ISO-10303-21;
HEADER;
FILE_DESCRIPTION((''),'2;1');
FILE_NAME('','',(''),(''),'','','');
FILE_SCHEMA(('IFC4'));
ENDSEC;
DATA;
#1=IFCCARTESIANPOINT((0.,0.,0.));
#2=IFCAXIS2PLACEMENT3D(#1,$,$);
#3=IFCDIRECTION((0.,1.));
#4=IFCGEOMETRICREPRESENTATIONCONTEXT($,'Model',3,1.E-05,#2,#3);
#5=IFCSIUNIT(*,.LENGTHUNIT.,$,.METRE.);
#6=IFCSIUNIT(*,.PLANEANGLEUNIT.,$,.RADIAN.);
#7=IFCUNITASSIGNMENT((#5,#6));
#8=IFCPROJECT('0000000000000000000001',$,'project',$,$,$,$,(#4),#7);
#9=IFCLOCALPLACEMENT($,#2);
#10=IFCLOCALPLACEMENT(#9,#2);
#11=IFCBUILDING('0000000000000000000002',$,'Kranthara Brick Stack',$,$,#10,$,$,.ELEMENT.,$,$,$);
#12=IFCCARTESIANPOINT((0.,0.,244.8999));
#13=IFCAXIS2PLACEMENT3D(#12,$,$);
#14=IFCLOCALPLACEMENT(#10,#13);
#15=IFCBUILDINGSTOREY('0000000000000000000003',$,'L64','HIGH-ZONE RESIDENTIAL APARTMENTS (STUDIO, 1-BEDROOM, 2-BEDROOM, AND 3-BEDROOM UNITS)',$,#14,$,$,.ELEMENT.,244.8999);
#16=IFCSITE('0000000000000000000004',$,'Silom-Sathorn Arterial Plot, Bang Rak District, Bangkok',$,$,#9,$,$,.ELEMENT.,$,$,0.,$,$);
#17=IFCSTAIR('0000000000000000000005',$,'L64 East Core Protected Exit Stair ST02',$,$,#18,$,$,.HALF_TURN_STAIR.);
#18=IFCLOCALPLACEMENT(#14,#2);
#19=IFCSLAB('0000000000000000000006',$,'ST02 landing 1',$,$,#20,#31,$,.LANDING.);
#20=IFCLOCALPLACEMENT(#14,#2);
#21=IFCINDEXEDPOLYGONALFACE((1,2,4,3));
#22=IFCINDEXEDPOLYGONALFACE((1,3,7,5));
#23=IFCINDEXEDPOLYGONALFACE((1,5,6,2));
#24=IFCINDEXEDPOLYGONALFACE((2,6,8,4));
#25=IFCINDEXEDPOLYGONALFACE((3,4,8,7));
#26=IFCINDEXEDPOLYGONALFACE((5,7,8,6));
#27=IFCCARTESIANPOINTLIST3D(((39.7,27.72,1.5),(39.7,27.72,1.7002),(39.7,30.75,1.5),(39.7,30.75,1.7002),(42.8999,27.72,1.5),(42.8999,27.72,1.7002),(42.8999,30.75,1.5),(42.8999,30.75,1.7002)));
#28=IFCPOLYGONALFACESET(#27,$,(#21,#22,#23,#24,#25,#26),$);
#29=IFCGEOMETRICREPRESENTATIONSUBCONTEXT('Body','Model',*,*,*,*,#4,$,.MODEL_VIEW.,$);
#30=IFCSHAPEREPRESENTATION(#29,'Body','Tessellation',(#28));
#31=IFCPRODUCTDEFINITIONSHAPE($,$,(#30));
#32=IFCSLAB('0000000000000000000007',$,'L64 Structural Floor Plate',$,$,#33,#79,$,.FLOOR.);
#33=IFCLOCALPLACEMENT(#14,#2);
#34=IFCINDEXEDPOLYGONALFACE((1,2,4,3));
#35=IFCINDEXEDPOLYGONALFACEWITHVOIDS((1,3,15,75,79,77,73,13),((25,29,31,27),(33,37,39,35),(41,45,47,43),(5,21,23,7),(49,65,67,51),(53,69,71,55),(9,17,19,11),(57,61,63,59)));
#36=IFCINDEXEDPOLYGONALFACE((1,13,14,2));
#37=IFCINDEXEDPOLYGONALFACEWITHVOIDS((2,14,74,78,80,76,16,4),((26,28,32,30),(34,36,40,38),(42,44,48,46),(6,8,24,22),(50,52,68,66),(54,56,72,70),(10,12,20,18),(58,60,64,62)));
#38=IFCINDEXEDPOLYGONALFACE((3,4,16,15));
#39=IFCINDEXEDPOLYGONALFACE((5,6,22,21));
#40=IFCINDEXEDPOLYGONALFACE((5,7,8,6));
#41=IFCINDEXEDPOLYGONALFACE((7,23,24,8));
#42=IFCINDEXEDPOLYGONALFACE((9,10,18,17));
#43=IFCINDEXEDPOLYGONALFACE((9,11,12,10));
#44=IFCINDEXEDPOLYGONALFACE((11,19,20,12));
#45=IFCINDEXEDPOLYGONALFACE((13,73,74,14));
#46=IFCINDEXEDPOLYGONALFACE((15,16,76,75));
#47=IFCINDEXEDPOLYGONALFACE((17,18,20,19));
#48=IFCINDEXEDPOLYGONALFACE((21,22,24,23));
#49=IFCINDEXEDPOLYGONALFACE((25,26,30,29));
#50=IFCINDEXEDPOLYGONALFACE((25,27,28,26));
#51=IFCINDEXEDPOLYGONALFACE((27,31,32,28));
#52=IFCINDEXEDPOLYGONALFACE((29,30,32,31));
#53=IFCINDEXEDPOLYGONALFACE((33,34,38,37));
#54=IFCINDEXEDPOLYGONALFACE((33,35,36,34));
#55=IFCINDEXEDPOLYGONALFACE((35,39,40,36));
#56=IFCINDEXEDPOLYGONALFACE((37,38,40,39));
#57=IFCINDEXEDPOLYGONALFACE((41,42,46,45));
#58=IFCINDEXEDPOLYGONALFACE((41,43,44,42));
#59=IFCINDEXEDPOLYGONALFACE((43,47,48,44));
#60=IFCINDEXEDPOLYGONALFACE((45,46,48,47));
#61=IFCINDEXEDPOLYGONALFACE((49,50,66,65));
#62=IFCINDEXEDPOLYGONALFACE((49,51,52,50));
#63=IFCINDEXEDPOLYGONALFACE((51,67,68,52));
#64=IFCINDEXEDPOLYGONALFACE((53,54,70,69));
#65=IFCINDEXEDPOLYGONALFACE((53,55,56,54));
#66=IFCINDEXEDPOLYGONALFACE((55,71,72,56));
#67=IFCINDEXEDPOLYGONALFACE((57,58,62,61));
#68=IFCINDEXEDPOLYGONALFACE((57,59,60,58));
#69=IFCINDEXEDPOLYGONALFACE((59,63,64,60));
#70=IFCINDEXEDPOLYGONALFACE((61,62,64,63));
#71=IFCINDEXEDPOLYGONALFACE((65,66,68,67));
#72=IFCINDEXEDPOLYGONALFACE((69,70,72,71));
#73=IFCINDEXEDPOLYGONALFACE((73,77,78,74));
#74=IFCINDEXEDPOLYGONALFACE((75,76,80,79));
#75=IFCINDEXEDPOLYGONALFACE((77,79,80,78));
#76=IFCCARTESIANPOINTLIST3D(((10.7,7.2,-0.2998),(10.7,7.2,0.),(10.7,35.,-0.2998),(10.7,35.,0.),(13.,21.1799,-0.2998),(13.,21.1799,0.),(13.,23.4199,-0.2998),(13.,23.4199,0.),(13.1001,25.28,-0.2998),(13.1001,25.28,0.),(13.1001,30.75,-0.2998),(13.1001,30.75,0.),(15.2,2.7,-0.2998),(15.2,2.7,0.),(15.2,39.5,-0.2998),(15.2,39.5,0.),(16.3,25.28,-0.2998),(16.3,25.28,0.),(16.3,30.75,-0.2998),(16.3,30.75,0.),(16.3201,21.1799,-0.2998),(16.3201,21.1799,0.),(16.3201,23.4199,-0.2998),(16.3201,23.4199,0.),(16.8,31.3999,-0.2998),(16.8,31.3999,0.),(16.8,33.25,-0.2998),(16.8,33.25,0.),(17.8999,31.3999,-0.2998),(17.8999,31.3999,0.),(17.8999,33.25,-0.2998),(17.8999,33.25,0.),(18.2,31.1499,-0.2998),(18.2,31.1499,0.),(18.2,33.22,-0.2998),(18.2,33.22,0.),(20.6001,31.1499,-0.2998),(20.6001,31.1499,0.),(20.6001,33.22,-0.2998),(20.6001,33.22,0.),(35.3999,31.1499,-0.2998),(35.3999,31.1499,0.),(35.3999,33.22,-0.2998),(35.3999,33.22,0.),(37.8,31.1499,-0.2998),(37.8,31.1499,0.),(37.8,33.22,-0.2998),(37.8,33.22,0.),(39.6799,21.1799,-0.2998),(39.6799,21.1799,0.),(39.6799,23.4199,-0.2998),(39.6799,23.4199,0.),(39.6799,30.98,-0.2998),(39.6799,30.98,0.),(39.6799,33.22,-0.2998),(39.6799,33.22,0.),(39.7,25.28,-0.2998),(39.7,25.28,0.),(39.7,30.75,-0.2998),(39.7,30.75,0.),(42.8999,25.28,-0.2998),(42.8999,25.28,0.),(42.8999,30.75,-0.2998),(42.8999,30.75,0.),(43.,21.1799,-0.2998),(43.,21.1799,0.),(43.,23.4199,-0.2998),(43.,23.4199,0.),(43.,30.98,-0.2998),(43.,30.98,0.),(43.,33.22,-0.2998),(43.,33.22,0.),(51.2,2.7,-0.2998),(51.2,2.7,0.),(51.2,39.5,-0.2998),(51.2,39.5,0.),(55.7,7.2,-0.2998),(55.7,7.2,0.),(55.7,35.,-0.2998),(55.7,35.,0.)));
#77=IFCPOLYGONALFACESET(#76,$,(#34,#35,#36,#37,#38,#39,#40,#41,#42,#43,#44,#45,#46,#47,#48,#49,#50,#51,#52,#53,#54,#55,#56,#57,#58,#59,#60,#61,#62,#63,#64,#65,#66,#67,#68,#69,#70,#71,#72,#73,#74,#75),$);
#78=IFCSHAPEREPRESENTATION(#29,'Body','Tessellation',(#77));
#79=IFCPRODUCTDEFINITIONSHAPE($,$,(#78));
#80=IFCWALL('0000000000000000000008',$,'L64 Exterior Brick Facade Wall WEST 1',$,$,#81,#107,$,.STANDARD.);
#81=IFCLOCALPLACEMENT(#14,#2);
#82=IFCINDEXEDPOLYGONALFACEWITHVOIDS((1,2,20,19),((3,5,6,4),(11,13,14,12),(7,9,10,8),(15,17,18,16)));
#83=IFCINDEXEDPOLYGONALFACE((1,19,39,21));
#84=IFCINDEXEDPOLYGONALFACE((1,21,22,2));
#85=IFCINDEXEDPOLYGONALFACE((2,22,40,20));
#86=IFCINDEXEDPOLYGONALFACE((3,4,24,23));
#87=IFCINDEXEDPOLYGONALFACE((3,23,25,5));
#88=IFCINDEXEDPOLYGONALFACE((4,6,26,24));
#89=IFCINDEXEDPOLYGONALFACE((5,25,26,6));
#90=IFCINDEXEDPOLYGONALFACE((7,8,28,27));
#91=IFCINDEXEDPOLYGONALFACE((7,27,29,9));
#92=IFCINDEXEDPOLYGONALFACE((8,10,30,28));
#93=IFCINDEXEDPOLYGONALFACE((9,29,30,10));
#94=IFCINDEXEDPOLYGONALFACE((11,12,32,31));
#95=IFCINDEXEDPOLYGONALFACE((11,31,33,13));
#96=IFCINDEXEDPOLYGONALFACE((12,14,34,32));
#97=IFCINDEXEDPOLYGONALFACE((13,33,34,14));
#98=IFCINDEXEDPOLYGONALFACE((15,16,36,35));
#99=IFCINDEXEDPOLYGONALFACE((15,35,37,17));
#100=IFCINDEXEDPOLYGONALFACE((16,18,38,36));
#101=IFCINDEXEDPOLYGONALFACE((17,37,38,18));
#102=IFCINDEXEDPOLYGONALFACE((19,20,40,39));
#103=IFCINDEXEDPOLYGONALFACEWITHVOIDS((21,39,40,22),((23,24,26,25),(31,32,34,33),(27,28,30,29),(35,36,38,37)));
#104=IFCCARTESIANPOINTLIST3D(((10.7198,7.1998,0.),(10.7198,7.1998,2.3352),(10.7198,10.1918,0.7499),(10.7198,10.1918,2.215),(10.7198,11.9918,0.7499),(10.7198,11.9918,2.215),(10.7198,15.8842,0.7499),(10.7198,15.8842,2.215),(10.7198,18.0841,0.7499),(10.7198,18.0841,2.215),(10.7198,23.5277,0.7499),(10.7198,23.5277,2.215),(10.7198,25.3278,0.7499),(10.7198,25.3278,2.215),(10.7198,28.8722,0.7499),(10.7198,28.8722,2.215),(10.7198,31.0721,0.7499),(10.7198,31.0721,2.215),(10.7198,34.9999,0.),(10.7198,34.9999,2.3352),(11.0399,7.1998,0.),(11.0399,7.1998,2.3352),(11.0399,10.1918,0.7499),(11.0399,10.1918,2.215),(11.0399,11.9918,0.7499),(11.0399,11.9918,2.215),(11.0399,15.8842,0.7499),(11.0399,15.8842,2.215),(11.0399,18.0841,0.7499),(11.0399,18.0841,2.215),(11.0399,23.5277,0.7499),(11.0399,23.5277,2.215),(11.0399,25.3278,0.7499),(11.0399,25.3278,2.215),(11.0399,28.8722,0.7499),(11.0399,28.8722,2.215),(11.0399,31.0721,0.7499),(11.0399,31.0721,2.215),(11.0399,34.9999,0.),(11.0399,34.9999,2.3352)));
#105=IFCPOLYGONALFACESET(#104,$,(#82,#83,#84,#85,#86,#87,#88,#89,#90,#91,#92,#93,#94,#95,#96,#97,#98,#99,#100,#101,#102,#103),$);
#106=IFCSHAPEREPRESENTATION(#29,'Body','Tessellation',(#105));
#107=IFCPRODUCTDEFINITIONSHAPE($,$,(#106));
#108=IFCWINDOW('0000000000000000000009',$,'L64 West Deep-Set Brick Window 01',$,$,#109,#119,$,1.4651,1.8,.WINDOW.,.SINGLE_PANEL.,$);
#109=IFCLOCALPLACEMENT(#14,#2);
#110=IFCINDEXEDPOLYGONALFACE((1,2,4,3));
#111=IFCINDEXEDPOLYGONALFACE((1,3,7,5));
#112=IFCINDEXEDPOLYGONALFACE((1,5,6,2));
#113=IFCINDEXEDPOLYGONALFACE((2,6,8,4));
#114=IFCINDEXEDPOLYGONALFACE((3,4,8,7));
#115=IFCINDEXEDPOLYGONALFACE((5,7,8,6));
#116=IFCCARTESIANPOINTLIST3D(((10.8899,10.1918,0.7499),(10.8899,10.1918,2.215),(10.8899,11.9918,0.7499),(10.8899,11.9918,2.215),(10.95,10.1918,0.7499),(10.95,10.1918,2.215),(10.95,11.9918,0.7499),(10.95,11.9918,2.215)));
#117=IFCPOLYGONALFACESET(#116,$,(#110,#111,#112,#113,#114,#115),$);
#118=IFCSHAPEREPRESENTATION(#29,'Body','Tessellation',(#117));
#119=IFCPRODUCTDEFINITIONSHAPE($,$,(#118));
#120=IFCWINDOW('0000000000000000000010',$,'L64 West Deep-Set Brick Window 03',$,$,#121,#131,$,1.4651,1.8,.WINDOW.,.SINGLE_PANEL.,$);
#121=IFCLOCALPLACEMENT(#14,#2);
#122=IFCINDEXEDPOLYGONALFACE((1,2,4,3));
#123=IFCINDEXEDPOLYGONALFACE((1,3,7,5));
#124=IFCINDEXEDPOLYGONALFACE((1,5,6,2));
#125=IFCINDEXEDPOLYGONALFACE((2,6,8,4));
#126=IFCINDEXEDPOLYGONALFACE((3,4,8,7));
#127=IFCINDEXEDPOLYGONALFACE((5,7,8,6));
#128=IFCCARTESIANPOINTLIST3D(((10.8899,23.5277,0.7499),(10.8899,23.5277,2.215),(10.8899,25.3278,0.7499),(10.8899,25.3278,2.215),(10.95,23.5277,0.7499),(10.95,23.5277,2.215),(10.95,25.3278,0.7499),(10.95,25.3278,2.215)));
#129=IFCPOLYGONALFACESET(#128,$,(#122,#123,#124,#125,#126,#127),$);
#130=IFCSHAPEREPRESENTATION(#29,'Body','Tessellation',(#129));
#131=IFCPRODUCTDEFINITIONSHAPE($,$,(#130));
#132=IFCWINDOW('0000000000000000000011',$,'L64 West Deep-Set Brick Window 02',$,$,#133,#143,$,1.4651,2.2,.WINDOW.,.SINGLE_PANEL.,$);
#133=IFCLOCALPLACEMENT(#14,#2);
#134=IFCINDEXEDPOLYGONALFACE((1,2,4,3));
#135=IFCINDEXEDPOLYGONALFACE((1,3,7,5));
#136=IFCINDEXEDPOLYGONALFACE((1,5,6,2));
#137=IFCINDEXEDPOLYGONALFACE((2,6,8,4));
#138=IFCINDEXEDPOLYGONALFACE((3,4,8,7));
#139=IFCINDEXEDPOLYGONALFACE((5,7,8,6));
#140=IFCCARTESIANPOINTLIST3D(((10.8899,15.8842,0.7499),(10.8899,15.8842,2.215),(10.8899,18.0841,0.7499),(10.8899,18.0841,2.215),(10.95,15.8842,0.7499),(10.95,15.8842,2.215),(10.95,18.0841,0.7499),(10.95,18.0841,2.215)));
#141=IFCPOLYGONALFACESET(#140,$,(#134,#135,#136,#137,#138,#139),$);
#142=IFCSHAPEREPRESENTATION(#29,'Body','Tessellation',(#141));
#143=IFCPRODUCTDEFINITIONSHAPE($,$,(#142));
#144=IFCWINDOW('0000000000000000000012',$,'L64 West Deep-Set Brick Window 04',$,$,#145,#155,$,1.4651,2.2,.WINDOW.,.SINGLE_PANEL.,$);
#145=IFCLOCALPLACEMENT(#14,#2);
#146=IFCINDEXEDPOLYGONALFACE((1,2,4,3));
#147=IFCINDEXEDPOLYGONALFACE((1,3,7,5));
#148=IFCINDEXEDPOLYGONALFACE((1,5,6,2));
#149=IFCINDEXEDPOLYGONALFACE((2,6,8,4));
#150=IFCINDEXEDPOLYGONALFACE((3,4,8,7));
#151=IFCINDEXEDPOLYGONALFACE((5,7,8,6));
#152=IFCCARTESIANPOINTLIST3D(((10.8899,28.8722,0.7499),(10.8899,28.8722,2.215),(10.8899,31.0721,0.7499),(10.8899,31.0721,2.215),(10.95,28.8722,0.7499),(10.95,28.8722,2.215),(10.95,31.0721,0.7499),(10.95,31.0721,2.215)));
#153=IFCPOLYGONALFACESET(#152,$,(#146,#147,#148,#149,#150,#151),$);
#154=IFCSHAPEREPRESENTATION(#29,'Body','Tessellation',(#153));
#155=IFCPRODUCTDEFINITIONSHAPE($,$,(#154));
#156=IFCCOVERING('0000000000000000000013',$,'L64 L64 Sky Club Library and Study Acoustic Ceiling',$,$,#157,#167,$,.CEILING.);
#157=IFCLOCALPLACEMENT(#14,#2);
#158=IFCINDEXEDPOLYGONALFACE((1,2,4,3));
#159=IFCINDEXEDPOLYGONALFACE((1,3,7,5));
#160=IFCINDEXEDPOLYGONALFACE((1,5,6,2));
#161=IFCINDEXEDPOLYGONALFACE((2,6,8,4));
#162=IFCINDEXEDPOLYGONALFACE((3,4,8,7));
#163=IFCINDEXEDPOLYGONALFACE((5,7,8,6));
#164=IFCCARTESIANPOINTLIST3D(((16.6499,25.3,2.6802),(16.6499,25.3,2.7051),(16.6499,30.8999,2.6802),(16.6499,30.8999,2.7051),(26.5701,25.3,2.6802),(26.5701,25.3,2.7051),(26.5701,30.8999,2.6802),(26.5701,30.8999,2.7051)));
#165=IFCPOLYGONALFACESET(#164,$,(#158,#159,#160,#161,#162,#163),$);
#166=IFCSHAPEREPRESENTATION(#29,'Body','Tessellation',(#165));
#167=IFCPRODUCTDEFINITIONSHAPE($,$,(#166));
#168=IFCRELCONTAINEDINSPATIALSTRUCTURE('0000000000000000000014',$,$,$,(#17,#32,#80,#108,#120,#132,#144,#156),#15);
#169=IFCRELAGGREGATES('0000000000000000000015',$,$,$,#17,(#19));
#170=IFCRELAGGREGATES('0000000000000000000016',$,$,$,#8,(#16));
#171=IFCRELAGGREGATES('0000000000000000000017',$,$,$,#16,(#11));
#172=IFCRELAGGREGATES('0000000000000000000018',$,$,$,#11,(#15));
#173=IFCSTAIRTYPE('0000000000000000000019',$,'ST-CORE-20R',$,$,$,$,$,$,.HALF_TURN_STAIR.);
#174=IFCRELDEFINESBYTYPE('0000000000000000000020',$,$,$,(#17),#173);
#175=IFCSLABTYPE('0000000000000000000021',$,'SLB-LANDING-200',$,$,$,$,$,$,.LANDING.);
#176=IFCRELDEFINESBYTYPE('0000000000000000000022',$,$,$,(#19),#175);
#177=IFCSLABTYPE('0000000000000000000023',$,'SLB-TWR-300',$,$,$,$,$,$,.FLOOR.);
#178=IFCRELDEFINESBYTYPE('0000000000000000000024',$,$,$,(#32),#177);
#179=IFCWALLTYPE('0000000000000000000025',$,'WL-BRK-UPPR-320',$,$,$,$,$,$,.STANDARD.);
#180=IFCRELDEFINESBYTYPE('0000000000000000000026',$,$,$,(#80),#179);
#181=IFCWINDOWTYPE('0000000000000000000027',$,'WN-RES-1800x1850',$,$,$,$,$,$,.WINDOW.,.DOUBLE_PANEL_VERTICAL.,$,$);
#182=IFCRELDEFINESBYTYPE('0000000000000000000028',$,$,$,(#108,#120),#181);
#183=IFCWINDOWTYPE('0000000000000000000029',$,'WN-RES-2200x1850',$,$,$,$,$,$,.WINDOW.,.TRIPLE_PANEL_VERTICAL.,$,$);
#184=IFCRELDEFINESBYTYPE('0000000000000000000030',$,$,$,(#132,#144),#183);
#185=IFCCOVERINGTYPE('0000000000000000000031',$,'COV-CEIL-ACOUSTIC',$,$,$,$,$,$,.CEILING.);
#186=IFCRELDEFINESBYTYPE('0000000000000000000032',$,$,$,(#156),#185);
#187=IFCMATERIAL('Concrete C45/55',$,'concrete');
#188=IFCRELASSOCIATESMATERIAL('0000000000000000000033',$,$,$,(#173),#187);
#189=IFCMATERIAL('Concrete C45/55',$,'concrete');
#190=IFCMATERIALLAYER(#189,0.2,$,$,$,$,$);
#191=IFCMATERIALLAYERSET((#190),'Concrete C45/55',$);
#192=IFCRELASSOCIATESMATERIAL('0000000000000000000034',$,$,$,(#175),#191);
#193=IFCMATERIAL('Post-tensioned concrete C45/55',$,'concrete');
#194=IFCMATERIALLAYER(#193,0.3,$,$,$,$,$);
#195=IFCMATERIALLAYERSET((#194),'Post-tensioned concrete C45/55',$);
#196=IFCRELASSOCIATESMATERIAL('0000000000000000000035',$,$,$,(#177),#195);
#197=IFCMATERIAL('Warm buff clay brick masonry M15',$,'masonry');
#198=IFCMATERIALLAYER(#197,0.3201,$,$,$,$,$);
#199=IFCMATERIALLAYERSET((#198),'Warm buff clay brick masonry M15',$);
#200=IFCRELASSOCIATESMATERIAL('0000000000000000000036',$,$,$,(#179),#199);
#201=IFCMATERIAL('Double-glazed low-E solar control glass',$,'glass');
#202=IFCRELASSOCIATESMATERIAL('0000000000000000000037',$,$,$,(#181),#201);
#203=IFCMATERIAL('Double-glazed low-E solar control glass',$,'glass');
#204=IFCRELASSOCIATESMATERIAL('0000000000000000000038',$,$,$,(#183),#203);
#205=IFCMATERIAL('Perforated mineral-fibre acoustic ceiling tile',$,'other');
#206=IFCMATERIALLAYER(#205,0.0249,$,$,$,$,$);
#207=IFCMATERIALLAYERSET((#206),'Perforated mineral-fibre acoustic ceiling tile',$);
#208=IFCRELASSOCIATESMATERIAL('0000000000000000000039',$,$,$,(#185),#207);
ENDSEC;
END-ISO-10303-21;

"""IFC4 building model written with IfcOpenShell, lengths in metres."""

from ifc_helpers import new_model, si_unit, direction, frame, frame_2d, origin, place, context, subcontext, project, spatial, polyline, rectangle, outline, extrude, material, layer, layer_set, type_object, element, fill, aggregate, save


model = new_model("IFC4")

# Units and contexts
model_context = context("Model", 3, precision=1e-05, world=origin(), true_north=direction((0.0, 1.0)))
body_context = subcontext(model_context, "Body", "Model", "MODEL_VIEW")
ifc_project = project(units=[si_unit("LENGTHUNIT", "METRE"), si_unit("PLANEANGLEUNIT", "RADIAN")], contexts=[model_context])

# Site, building, storey
site_placement = place(None, origin())
site = spatial("IfcSite", under=ifc_project, at=site_placement, Name="Silom-Sathorn Arterial Plot, Bang Rak District, Bangkok", CompositionType="ELEMENT", RefElevation=0.0)
building_placement = place(site_placement, origin())
building = spatial("IfcBuilding", under=site, at=building_placement, Name="Kranthara Brick Stack", CompositionType="ELEMENT")
storey_placement = place(building_placement, frame((0.0, 0.0, 244.8999)))
storey = spatial("IfcBuildingStorey", under=building, at=storey_placement, Name="L64", Description="HIGH-ZONE RESIDENTIAL APARTMENTS (STUDIO, 1-BEDROOM, 2-BEDROOM, AND 3-BEDROOM UNITS)", CompositionType="ELEMENT", Elevation=244.8999)

# Stair, slab
ifc_material_1 = material(Name="Concrete C45/55", Category="concrete")
stair_type = type_object("IfcStairType", Name="ST-CORE-20R", PredefinedType="HALF_TURN_STAIR", material=ifc_material_1)
ifc_material_2 = material(Name="Concrete C45/55", Category="concrete")
ifc_layer_1 = layer(ifc_material_2, 0.2)
ifc_layer_set_1 = layer_set([ifc_layer_1], Name="Concrete C45/55")
slab_type_1 = type_object("IfcSlabType", Name="SLB-LANDING-200", PredefinedType="LANDING", material=ifc_layer_set_1)
stair_1_placement = place(storey_placement, origin())
stair_1 = element("IfcStair", 1, at=stair_1_placement, inside=storey, type_object=stair_type, Name="L64 East Core Protected Exit Stair ST02", PredefinedType="HALF_TURN_STAIR")
slab_1_placement = place(storey_placement, frame((0.0, 0.0, 1.5)))
slab_1 = element("IfcSlab", 2, at=slab_1_placement, type_object=slab_type_1, Name="ST02 landing 1", PredefinedType="LANDING", context=body_context, shape_type="SweptSolid", body=[
    extrude(outline(polyline([(42.8999, 27.72), (42.8999, 30.75), (39.7, 30.75), (39.7, 27.72), (42.8999, 27.72)])), origin(), (0.0, 0.0, 1.0), 0.2002),
])
aggregate(stair_1, [slab_1])

# Slab
ifc_material_3 = material(Name="Post-tensioned concrete C45/55", Category="concrete")
ifc_layer_2 = layer(ifc_material_3, 0.3)
ifc_layer_set_2 = layer_set([ifc_layer_2], Name="Post-tensioned concrete C45/55")
slab_type_2 = type_object("IfcSlabType", Name="SLB-TWR-300", PredefinedType="FLOOR", material=ifc_layer_set_2)
slab_2_placement = place(storey_placement, frame((0.0, 0.0, -0.2998)))
element("IfcSlab", 3, at=slab_2_placement, inside=storey, type_object=slab_type_2, Name="L64 Structural Floor Plate", PredefinedType="FLOOR", context=body_context, shape_type="SweptSolid", body=[
    extrude(outline(polyline([(15.2, 2.7), (51.2, 2.7), (55.7, 7.2), (55.7, 35.0), (51.2, 39.5), (15.2, 39.5), (10.7, 35.0), (10.7, 7.2), (15.2, 2.7)]), holes=[polyline([(13.1001, 25.28), (16.3, 25.28), (16.3, 30.75), (13.1001, 30.75), (13.1001, 25.28)]), polyline([(39.7, 25.28), (42.8999, 25.28), (42.8999, 30.75), (39.7, 30.75), (39.7, 25.28)]), polyline([(13.0, 21.1799), (16.3201, 21.1799), (16.3201, 23.4199), (13.0, 23.4199), (13.0, 21.1799)]), polyline([(39.6799, 21.1799), (43.0, 21.1799), (43.0, 23.4199), (39.6799, 23.4199), (39.6799, 21.1799)]), polyline([(39.6799, 30.98), (43.0, 30.98), (43.0, 33.22), (39.6799, 33.22), (39.6799, 30.98)]), polyline([(18.2, 31.1499), (20.6001, 31.1499), (20.6001, 33.22), (18.2, 33.22), (18.2, 31.1499)]), polyline([(35.3999, 31.1499), (37.8, 31.1499), (37.8, 33.22), (35.3999, 33.22), (35.3999, 31.1499)]), polyline([(16.8, 31.3999), (17.8999, 31.3999), (17.8999, 33.25), (16.8, 33.25), (16.8, 31.3999)])]), origin(), (0.0, 0.0, 1.0), 0.2998),
])

# Wall, openings, windows
ifc_material_4 = material(Name="Warm buff clay brick masonry M15", Category="masonry")
ifc_layer_3 = layer(ifc_material_4, 0.3201)
ifc_layer_set_3 = layer_set([ifc_layer_3], Name="Warm buff clay brick masonry M15")
wall_type = type_object("IfcWallType", Name="WL-BRK-UPPR-320", PredefinedType="STANDARD", material=ifc_layer_set_3)
wall_placement = place(storey_placement, frame((10.8799, 7.2, 0.0), z_axis=(0.0, 0.0, 1.0), x_axis=(0.0, 1.0, 0.0)))
wall = element("IfcWall", 4, at=wall_placement, inside=storey, type_object=wall_type, Name="L64 Exterior Brick Facade Wall WEST 1", PredefinedType="STANDARD", context=body_context, shape_type="SweptSolid", body=[
    extrude(rectangle(XDim=27.8, YDim=0.3201, at=frame_2d((13.8999, 0.0))), origin(), (0.0, 0.0, 1.0), 2.3352),
])
opening_1_placement = place(wall_placement, frame((2.9919, 0.0, 0.75)))
opening_1 = element("IfcOpeningElement", 5, at=opening_1_placement, cuts=wall, PredefinedType="OPENING", context=body_context, shape_type="SweptSolid", body=[
    extrude(rectangle(XDim=1.8, YDim=1.4651, at=frame_2d((0.8999, 0.7324))), frame((0.0, 0.1699, 0.0), z_axis=(0.0, -1.0, 0.0), x_axis=(1.0, 0.0, 0.0)), (0.0, 0.0, 1.0), 0.3401),
])
opening_2_placement = place(wall_placement, frame((8.6841, 0.0, 0.75)))
opening_2 = element("IfcOpeningElement", 6, at=opening_2_placement, cuts=wall, PredefinedType="OPENING", context=body_context, shape_type="SweptSolid", body=[
    extrude(rectangle(XDim=2.2, YDim=1.4651, at=frame_2d((1.1001, 0.7324))), frame((0.0, 0.1699, 0.0), z_axis=(0.0, -1.0, 0.0), x_axis=(1.0, 0.0, 0.0)), (0.0, 0.0, 1.0), 0.3401),
])
opening_3_placement = place(wall_placement, frame((16.3279, 0.0, 0.75)))
opening_3 = element("IfcOpeningElement", 7, at=opening_3_placement, cuts=wall, PredefinedType="OPENING", context=body_context, shape_type="SweptSolid", body=[
    extrude(rectangle(XDim=1.8, YDim=1.4651, at=frame_2d((0.8999, 0.7324))), frame((0.0, 0.1699, 0.0), z_axis=(0.0, -1.0, 0.0), x_axis=(1.0, 0.0, 0.0)), (0.0, 0.0, 1.0), 0.3401),
])
opening_4_placement = place(wall_placement, frame((21.6721, 0.0, 0.75)))
opening_4 = element("IfcOpeningElement", 8, at=opening_4_placement, cuts=wall, PredefinedType="OPENING", context=body_context, shape_type="SweptSolid", body=[
    extrude(rectangle(XDim=2.2, YDim=1.4651, at=frame_2d((1.1001, 0.7324))), frame((0.0, 0.1699, 0.0), z_axis=(0.0, -1.0, 0.0), x_axis=(1.0, 0.0, 0.0)), (0.0, 0.0, 1.0), 0.3401),
])
ifc_material_5 = material(Name="Double-glazed low-E solar control glass", Category="glass")
window_type_1 = type_object("IfcWindowType", Name="WN-RES-1800x1850", PartitioningType="DOUBLE_PANEL_VERTICAL", PredefinedType="WINDOW", material=ifc_material_5)
window_1_placement = place(opening_1_placement, origin())
window_1 = element("IfcWindow", 9, at=window_1_placement, inside=storey, type_object=window_type_1, Name="L64 West Deep-Set Brick Window 01", OverallHeight=1.4651, OverallWidth=1.8, PartitioningType="SINGLE_PANEL", PredefinedType="WINDOW", context=body_context, shape_type="SweptSolid", body=[
    extrude(rectangle(XDim=1.8, YDim=1.4651, at=frame_2d((0.8999, 0.7324))), frame((0.0, -0.01, 0.0), z_axis=(0.0, -1.0, 0.0), x_axis=(1.0, 0.0, 0.0)), (0.0, 0.0, 1.0), 0.0601),
])
fill(opening_1, window_1)
window_2_placement = place(opening_3_placement, origin())
window_2 = element("IfcWindow", 10, at=window_2_placement, inside=storey, type_object=window_type_1, Name="L64 West Deep-Set Brick Window 03", OverallHeight=1.4651, OverallWidth=1.8, PartitioningType="SINGLE_PANEL", PredefinedType="WINDOW", context=body_context, shape_type="SweptSolid", body=[
    extrude(rectangle(XDim=1.8, YDim=1.4651, at=frame_2d((0.8999, 0.7324))), frame((0.0, -0.01, 0.0), z_axis=(0.0, -1.0, 0.0), x_axis=(1.0, 0.0, 0.0)), (0.0, 0.0, 1.0), 0.0601),
])
fill(opening_3, window_2)
ifc_material_6 = material(Name="Double-glazed low-E solar control glass", Category="glass")
window_type_2 = type_object("IfcWindowType", Name="WN-RES-2200x1850", PartitioningType="TRIPLE_PANEL_VERTICAL", PredefinedType="WINDOW", material=ifc_material_6)
window_3_placement = place(opening_2_placement, origin())
window_3 = element("IfcWindow", 11, at=window_3_placement, inside=storey, type_object=window_type_2, Name="L64 West Deep-Set Brick Window 02", OverallHeight=1.4651, OverallWidth=2.2, PartitioningType="SINGLE_PANEL", PredefinedType="WINDOW", context=body_context, shape_type="SweptSolid", body=[
    extrude(rectangle(XDim=2.2, YDim=1.4651, at=frame_2d((1.1001, 0.7324))), frame((0.0, -0.01, 0.0), z_axis=(0.0, -1.0, 0.0), x_axis=(1.0, 0.0, 0.0)), (0.0, 0.0, 1.0), 0.0601),
])
fill(opening_2, window_3)
window_4_placement = place(opening_4_placement, origin())
window_4 = element("IfcWindow", 12, at=window_4_placement, inside=storey, type_object=window_type_2, Name="L64 West Deep-Set Brick Window 04", OverallHeight=1.4651, OverallWidth=2.2, PartitioningType="SINGLE_PANEL", PredefinedType="WINDOW", context=body_context, shape_type="SweptSolid", body=[
    extrude(rectangle(XDim=2.2, YDim=1.4651, at=frame_2d((1.1001, 0.7324))), frame((0.0, -0.01, 0.0), z_axis=(0.0, -1.0, 0.0), x_axis=(1.0, 0.0, 0.0)), (0.0, 0.0, 1.0), 0.0601),
])
fill(opening_4, window_4)

# Covering
ifc_material_7 = material(Name="Perforated mineral-fibre acoustic ceiling tile", Category="other")
ifc_layer_4 = layer(ifc_material_7, 0.0249)
ifc_layer_set_4 = layer_set([ifc_layer_4], Name="Perforated mineral-fibre acoustic ceiling tile")
covering_type_1 = type_object("IfcCoveringType", Name="COV-CEIL-ACOUSTIC", PredefinedType="CEILING", material=ifc_layer_set_4)
covering_1_placement = place(storey_placement, frame((0.0, 0.0, 2.6802)))
element("IfcCovering", 13, at=covering_1_placement, inside=storey, type_object=covering_type_1, Name="L64 L64 Sky Club Library and Study Acoustic Ceiling", PredefinedType="CEILING", context=body_context, shape_type="SweptSolid", body=[
    extrude(outline(polyline([(26.5701, 25.3), (26.5701, 30.8999), (16.6499, 30.8999), (16.6499, 25.3), (26.5701, 25.3)])), origin(), (0.0, 0.0, 1.0), 0.0249),
])

save(model, "model.ifc")
